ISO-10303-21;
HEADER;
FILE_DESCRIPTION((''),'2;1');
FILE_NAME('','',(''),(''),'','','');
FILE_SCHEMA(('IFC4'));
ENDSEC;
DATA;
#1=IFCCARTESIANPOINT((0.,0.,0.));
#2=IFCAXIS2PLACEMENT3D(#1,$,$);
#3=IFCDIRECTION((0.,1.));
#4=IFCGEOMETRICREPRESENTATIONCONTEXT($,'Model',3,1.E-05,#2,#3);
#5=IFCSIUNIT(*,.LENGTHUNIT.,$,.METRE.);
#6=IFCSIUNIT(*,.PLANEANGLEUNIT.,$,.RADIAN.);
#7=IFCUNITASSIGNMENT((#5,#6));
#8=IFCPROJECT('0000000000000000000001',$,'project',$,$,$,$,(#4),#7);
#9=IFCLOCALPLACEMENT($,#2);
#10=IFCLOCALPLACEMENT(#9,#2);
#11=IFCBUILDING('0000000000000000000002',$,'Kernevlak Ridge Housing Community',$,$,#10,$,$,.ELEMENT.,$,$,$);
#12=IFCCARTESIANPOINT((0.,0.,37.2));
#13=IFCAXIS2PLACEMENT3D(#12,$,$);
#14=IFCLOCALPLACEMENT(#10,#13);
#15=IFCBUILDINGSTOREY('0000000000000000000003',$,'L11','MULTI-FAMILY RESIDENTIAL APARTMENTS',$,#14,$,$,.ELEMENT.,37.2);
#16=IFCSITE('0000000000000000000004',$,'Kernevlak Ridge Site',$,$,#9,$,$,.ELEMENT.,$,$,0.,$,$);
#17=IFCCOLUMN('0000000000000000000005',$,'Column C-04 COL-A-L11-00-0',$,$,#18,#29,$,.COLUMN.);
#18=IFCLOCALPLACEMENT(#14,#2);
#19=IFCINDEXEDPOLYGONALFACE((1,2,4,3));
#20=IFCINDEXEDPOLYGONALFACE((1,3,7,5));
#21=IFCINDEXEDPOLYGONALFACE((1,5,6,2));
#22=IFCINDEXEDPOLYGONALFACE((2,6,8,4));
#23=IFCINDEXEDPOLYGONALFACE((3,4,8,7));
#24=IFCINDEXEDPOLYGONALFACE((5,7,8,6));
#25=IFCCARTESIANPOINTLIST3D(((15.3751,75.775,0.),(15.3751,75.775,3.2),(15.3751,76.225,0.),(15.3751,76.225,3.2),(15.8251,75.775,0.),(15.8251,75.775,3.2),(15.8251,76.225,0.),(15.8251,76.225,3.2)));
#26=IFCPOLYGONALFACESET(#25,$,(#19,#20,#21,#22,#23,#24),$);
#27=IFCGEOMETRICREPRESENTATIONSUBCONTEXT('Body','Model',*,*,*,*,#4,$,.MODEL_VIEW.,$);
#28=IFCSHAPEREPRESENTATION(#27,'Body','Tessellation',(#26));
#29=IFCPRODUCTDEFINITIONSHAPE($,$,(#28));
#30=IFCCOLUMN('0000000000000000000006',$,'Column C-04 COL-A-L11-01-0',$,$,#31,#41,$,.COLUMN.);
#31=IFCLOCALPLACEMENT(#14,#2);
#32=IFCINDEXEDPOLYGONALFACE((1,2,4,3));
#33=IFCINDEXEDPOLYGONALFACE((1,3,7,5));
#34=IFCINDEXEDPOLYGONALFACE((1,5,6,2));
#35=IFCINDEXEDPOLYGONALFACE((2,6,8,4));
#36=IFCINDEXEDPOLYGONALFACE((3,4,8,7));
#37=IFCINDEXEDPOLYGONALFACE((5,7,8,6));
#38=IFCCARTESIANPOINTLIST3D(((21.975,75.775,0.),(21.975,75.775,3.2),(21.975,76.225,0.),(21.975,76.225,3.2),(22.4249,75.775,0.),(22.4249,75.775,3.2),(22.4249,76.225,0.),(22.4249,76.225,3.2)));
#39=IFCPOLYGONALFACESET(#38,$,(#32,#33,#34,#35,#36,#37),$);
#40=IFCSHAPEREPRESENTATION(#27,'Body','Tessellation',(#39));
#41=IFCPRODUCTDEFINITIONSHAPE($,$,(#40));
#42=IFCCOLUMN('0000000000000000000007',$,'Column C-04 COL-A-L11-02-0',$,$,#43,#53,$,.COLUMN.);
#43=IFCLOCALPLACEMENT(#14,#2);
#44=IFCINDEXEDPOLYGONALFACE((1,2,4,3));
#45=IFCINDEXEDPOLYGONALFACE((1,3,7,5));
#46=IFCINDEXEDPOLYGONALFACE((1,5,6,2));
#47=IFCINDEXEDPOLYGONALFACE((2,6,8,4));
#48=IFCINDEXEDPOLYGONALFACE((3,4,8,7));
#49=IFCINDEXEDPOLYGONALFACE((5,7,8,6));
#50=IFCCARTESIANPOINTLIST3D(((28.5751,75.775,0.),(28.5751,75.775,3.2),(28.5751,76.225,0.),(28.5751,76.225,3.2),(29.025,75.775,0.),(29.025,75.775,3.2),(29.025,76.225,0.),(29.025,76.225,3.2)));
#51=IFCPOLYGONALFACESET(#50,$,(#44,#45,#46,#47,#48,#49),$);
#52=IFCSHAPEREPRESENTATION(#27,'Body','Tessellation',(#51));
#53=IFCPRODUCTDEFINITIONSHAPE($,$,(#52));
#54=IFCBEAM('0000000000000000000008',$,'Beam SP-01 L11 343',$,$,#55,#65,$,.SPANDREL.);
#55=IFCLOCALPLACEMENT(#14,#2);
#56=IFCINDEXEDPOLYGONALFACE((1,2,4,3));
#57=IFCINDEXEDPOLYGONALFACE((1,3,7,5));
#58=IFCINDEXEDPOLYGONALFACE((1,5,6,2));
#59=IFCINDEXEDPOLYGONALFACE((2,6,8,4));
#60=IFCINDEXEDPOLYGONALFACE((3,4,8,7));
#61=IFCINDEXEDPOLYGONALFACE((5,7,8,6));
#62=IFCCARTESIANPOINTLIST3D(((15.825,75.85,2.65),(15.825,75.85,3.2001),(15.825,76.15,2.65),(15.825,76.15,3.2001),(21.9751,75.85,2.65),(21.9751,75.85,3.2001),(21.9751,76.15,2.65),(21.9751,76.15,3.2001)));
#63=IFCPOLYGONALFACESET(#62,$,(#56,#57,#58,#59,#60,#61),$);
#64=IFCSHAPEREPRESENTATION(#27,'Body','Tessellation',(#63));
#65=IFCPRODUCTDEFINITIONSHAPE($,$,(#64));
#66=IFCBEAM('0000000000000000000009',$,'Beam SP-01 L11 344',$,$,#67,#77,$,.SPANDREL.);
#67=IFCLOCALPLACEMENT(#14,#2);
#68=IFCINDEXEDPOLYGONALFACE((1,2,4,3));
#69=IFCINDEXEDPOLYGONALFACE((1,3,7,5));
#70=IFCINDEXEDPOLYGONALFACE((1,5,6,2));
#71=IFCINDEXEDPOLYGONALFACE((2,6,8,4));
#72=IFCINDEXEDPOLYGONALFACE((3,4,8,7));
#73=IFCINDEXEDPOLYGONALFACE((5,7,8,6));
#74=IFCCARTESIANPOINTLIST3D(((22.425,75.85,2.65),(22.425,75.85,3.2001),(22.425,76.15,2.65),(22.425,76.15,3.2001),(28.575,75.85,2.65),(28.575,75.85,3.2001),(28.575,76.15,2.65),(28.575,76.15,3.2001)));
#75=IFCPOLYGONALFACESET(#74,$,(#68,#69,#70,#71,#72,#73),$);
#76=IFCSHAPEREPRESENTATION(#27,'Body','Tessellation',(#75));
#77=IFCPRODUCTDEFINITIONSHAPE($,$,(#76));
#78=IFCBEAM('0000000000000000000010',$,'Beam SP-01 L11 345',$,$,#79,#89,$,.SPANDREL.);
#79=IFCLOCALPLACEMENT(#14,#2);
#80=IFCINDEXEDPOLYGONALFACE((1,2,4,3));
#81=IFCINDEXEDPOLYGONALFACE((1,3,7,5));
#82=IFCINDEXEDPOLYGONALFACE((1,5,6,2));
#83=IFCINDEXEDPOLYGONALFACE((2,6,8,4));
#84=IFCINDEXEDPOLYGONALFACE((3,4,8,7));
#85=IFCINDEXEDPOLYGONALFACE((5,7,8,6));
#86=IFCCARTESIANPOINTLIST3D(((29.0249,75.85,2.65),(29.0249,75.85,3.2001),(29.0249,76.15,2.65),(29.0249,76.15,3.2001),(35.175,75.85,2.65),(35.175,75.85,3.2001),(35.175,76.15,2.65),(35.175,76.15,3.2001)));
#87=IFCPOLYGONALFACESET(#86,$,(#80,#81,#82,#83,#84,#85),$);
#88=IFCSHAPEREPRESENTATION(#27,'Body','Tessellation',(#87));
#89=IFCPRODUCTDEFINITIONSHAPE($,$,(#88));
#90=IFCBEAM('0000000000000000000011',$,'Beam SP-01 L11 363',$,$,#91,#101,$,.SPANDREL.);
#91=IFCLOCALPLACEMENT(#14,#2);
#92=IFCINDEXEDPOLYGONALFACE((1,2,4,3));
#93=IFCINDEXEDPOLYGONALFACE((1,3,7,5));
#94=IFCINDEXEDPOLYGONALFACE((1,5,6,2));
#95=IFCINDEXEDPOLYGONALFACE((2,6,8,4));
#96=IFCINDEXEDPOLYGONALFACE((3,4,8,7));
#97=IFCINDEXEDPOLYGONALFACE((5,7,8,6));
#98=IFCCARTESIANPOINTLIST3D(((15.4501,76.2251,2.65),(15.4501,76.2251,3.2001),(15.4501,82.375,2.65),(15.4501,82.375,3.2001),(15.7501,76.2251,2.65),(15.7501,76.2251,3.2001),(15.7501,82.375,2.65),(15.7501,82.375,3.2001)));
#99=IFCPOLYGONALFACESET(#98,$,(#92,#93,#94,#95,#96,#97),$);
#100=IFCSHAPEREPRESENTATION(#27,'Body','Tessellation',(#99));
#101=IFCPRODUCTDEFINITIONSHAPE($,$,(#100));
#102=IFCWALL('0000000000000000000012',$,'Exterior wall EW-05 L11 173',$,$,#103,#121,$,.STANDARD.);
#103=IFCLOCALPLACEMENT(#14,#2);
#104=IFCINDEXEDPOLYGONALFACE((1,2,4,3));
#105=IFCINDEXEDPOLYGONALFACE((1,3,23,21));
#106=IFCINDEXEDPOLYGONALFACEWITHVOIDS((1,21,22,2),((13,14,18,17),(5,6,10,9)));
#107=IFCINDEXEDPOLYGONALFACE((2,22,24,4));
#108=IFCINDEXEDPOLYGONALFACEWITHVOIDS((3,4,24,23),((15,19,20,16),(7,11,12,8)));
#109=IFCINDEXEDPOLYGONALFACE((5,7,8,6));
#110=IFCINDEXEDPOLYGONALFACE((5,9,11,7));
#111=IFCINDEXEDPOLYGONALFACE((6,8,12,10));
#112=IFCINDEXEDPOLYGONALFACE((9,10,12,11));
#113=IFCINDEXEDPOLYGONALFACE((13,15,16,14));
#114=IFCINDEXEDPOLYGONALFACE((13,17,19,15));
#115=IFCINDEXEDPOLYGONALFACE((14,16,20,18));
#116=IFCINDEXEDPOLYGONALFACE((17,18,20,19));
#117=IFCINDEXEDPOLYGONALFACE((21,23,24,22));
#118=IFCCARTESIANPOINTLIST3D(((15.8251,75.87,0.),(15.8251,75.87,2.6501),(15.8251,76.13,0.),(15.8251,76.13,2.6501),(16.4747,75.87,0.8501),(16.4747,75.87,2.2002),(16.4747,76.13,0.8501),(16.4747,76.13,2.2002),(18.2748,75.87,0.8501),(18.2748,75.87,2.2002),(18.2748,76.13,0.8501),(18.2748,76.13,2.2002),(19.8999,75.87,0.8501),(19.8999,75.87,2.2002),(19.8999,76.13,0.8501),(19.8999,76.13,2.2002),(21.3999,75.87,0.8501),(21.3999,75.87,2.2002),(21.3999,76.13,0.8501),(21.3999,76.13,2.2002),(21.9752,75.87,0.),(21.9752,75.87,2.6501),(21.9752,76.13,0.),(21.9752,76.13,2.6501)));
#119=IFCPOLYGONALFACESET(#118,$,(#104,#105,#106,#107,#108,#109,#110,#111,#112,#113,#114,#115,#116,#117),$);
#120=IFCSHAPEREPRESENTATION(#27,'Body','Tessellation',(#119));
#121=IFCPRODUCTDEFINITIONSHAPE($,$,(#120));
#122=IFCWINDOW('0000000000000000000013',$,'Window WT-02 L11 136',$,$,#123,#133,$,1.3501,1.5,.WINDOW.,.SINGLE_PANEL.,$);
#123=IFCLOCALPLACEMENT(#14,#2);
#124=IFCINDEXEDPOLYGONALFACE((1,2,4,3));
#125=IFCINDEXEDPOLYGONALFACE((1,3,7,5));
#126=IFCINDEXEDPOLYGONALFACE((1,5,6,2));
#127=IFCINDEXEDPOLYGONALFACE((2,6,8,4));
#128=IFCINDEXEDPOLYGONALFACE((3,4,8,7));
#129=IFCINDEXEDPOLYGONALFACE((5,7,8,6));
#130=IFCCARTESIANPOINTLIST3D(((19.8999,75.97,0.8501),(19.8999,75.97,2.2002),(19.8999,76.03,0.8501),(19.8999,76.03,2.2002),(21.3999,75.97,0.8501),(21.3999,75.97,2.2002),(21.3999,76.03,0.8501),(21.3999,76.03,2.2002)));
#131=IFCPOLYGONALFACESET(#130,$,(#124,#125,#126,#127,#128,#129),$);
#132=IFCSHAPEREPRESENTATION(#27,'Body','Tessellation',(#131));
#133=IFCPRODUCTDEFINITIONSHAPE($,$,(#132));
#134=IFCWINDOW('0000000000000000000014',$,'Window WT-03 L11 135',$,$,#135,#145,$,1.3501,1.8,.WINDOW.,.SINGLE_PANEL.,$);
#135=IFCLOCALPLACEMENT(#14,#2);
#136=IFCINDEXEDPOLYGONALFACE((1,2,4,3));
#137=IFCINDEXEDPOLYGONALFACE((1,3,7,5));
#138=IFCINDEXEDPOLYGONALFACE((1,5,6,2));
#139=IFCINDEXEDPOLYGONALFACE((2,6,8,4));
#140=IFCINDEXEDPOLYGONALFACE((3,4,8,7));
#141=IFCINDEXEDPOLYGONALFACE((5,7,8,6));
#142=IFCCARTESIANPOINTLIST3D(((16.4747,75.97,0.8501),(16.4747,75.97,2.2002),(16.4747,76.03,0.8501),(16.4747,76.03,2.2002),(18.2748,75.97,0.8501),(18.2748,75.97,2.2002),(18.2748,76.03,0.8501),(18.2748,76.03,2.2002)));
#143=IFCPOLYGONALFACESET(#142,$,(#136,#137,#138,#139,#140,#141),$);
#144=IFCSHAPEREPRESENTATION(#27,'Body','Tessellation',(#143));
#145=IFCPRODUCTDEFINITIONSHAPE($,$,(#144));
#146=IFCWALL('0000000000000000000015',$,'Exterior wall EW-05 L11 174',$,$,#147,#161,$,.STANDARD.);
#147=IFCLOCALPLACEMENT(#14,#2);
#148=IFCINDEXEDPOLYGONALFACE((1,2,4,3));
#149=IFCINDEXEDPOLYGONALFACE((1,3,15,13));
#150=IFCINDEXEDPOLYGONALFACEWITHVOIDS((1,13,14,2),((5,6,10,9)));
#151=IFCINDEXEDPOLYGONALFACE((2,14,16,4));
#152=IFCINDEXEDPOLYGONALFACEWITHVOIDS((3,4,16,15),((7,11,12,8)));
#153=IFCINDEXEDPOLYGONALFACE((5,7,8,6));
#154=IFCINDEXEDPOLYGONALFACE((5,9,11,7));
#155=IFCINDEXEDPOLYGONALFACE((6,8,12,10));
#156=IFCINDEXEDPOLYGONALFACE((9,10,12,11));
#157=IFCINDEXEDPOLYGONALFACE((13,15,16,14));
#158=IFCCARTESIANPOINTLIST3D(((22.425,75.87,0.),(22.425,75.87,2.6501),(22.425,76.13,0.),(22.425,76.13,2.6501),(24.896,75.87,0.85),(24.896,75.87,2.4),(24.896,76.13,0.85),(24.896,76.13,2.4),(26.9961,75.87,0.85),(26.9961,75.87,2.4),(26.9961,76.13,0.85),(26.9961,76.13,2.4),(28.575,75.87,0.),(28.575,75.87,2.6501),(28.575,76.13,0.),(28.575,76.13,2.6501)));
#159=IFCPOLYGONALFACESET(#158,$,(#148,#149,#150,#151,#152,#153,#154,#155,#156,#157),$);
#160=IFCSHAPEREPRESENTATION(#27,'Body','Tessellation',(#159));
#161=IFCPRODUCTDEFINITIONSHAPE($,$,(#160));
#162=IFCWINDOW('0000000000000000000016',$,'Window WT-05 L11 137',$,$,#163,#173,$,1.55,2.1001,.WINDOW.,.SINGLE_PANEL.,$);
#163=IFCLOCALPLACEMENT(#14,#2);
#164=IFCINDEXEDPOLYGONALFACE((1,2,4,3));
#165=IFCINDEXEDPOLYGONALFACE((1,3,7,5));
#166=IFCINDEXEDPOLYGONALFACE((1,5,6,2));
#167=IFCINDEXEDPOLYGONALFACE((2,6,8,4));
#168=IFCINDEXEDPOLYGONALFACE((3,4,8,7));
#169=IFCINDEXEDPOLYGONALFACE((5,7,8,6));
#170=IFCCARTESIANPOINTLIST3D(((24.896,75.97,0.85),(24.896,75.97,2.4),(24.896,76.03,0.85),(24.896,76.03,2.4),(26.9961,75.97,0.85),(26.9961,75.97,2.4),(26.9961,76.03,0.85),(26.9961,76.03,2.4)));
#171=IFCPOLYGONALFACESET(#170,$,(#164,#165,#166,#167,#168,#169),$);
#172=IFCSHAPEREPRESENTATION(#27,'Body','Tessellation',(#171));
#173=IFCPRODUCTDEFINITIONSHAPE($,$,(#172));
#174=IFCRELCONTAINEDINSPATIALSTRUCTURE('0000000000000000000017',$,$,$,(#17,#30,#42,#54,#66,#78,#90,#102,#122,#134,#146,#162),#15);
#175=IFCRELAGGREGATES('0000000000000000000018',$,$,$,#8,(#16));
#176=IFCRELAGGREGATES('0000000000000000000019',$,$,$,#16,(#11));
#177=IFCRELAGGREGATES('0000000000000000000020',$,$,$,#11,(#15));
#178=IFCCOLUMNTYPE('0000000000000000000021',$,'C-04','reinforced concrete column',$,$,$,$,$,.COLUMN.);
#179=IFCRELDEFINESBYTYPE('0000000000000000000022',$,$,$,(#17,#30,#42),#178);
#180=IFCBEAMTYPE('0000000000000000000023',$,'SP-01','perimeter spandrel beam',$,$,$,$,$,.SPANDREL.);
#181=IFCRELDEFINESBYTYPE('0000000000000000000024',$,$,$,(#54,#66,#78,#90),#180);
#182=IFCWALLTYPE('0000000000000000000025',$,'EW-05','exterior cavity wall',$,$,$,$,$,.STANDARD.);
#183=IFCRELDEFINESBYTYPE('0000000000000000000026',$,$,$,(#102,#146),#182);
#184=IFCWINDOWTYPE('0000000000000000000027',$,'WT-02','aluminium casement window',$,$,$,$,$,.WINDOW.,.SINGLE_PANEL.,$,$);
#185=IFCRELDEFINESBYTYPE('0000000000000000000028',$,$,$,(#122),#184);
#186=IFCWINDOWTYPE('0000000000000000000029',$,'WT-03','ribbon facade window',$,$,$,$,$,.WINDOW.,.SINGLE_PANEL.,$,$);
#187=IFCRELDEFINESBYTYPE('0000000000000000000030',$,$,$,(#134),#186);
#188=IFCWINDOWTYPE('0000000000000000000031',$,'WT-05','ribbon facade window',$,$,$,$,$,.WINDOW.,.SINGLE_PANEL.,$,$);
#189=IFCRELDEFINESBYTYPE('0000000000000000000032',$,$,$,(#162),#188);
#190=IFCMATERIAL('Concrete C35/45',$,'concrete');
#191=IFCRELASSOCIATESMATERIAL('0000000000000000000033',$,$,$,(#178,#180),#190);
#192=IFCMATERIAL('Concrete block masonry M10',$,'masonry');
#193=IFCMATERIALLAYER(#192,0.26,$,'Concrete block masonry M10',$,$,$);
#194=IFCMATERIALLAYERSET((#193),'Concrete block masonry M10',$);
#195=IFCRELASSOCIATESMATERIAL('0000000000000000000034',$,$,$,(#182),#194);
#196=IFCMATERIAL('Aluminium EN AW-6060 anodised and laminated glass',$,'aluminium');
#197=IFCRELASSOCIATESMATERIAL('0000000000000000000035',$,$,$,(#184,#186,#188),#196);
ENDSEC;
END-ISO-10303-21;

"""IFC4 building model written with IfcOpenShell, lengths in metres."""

from ifc_helpers import new_model, si_unit, direction, frame, frame_2d, origin, origin_2d, place, context, subcontext, project, spatial, rectangle, extrude, material, layer, layer_set, material_profile, profile_set, type_object, element, fill, save


model = new_model("IFC4")

# Units and contexts
model_context = context("Model", 3, precision=1e-05, world=origin(), true_north=direction((0.0, 1.0)))
body_context = subcontext(model_context, "Body", "Model", "MODEL_VIEW")
ifc_project = project(units=[si_unit("LENGTHUNIT", "METRE"), si_unit("PLANEANGLEUNIT", "RADIAN")], contexts=[model_context])

# Site, building, storey
site_placement = place(None, origin())
site = spatial("IfcSite", under=ifc_project, at=site_placement, Name="Kernevlak Ridge Site", CompositionType="ELEMENT", RefElevation=0.0)
building_placement = place(site_placement, origin())
building = spatial("IfcBuilding", under=site, at=building_placement, Name="Kernevlak Ridge Housing Community", CompositionType="ELEMENT")
storey_placement = place(building_placement, frame((0.0, 0.0, 37.2)))
storey = spatial("IfcBuildingStorey", under=building, at=storey_placement, Name="L11", Description="MULTI-FAMILY RESIDENTIAL APARTMENTS", CompositionType="ELEMENT", Elevation=37.2)

# Columns
ifc_material_1 = material(Name="Concrete C35/45", Category="concrete")
ifc_material_profile_1 = material_profile(ifc_material_1, rectangle(XDim=0.45, YDim=0.45, at=origin_2d()), Name="RC 450x450")
ifc_profile_set_1 = profile_set([ifc_material_profile_1], Name="Concrete C35/45")
column_type = type_object("IfcColumnType", Name="C-04", Description="reinforced concrete column", PredefinedType="COLUMN", material=ifc_profile_set_1)
for number, where, z_axis, x_axis, name in (
    (1, (15.6001, 76.0, 0.0), (0.0, 0.0, 1.0), (1.0, 0.0, 0.0), "Column C-04 COL-A-L11-00-0"),
    (2, (22.2, 76.0, 0.0), (0.0, 0.0, 1.0), (1.0, 0.0, 0.0), "Column C-04 COL-A-L11-01-0"),
    (3, (28.8, 76.0, 0.0), (0.0, 0.0, 1.0), (1.0, 0.0, 0.0), "Column C-04 COL-A-L11-02-0"),
):
    element("IfcColumn", number, at=place(storey_placement, frame(where, z_axis=z_axis, x_axis=x_axis)), inside=storey, type_object=column_type, Name=name, PredefinedType="COLUMN", context=body_context, shape_type="SweptSolid", body=[
        extrude(rectangle(XDim=0.45, YDim=0.45, at=origin_2d()), origin(), (0.0, 0.0, 1.0), 3.2),
    ])

# Beams
ifc_material_profile_2 = material_profile(ifc_material_1, rectangle(XDim=0.3, YDim=0.55, at=origin_2d()), Name="RC 300x550")
ifc_profile_set_2 = profile_set([ifc_material_profile_2], Name="Concrete C35/45")
beam_type = type_object("IfcBeamType", Name="SP-01", Description="perimeter spandrel beam", PredefinedType="SPANDREL", material=ifc_profile_set_2)
beam_1_placement = place(storey_placement, frame((15.825, 76.0, 2.925), z_axis=(1.0, 0.0, 0.0), x_axis=(0.0, 1.0, 0.0)))
element("IfcBeam", 4, at=beam_1_placement, inside=storey, type_object=beam_type, Name="Beam SP-01 L11 343", PredefinedType="SPANDREL", context=body_context, shape_type="SweptSolid", body=[
    extrude(rectangle(XDim=0.3, YDim=0.55, at=origin_2d()), origin(), (0.0, 0.0, 1.0), 6.1501),
])
beam_2_placement = place(storey_placement, frame((22.425, 76.0, 2.925), z_axis=(1.0, 0.0, 0.0), x_axis=(0.0, 1.0, 0.0)))
element("IfcBeam", 5, at=beam_2_placement, inside=storey, type_object=beam_type, Name="Beam SP-01 L11 344", PredefinedType="SPANDREL", context=body_context, shape_type="SweptSolid", body=[
    extrude(rectangle(XDim=0.3, YDim=0.55, at=origin_2d()), origin(), (0.0, 0.0, 1.0), 6.1499),
])
beam_3_placement = place(storey_placement, frame((29.0249, 76.0, 2.925), z_axis=(1.0, 0.0, 0.0), x_axis=(0.0, 1.0, 0.0)))
element("IfcBeam", 6, at=beam_3_placement, inside=storey, type_object=beam_type, Name="Beam SP-01 L11 345", PredefinedType="SPANDREL", context=body_context, shape_type="SweptSolid", body=[
    extrude(rectangle(XDim=0.3, YDim=0.55, at=origin_2d()), origin(), (0.0, 0.0, 1.0), 6.1501),
])
beam_4_placement = place(storey_placement, frame((15.6001, 76.2251, 2.925), z_axis=(0.0, 1.0, 0.0), x_axis=(-1.0, 0.0, 0.0)))
element("IfcBeam", 7, at=beam_4_placement, inside=storey, type_object=beam_type, Name="Beam SP-01 L11 363", PredefinedType="SPANDREL", context=body_context, shape_type="SweptSolid", body=[
    extrude(rectangle(XDim=0.3, YDim=0.55, at=origin_2d()), origin(), (0.0, 0.0, 1.0), 6.1499),
])

# Wall, openings, windows
ifc_material_2 = material(Name="Concrete block masonry M10", Category="masonry")
ifc_layer_1 = layer(ifc_material_2, 0.26, Name="Concrete block masonry M10")
ifc_layer_set_1 = layer_set([ifc_layer_1], Name="Concrete block masonry M10")
wall_type_1 = type_object("IfcWallType", Name="EW-05", Description="exterior cavity wall", PredefinedType="STANDARD", material=ifc_layer_set_1)
wall_1_placement = place(storey_placement, frame((15.825, 76.0, 0.0), z_axis=(0.0, 0.0, 1.0), x_axis=(1.0, 0.0, 0.0)))
wall_1 = element("IfcWall", 8, at=wall_1_placement, inside=storey, type_object=wall_type_1, Name="Exterior wall EW-05 L11 173", PredefinedType="STANDARD", context=body_context, shape_type="SweptSolid", body=[
    extrude(rectangle(XDim=6.1501, YDim=0.26, at=frame_2d((3.0752, 0.0))), origin(), (0.0, 0.0, 1.0), 2.6501),
])
opening_1_placement = place(wall_1_placement, frame((0.6499, 0.0, 0.8501)))
opening_1 = element("IfcOpeningElement", 9, at=opening_1_placement, cuts=wall_1, PredefinedType="OPENING", context=body_context, shape_type="SweptSolid", body=[
    extrude(rectangle(XDim=1.8, YDim=1.3501, at=frame_2d((0.8999, 0.675))), frame((0.0, 0.1399, 0.0), z_axis=(0.0, -1.0, 0.0), x_axis=(1.0, 0.0, 0.0)), (0.0, 0.0, 1.0), 0.28),
])
opening_2_placement = place(wall_1_placement, frame((4.075, 0.0, 0.8501)))
opening_2 = element("IfcOpeningElement", 10, at=opening_2_placement, cuts=wall_1, PredefinedType="OPENING", context=body_context, shape_type="SweptSolid", body=[
    extrude(rectangle(XDim=1.5, YDim=1.3501, at=frame_2d((0.75, 0.675))), frame((0.0, 0.1399, 0.0), z_axis=(0.0, -1.0, 0.0), x_axis=(1.0, 0.0, 0.0)), (0.0, 0.0, 1.0), 0.28),
])
ifc_material_3 = material(Name="Aluminium EN AW-6060 anodised and laminated glass", Category="aluminium")
window_type_1 = type_object("IfcWindowType", Name="WT-02", Description="aluminium casement window", PartitioningType="SINGLE_PANEL", PredefinedType="WINDOW", material=ifc_material_3)
window_1_placement = place(opening_2_placement, origin())
window_1 = element("IfcWindow", 11, at=window_1_placement, inside=storey, type_object=window_type_1, Name="Window WT-02 L11 136", OverallHeight=1.3501, OverallWidth=1.5, PartitioningType="SINGLE_PANEL", PredefinedType="WINDOW", context=body_context, shape_type="SweptSolid", body=[
    extrude(rectangle(XDim=1.5, YDim=1.3501, at=frame_2d((0.75, 0.675))), frame((0.0, 0.03, 0.0), z_axis=(0.0, -1.0, 0.0), x_axis=(1.0, 0.0, 0.0)), (0.0, 0.0, 1.0), 0.0601),
])
fill(opening_2, window_1)
window_type_2 = type_object("IfcWindowType", Name="WT-03", Description="ribbon facade window", PartitioningType="SINGLE_PANEL", PredefinedType="WINDOW", material=ifc_material_3)
window_2_placement = place(opening_1_placement, origin())
window_2 = element("IfcWindow", 12, at=window_2_placement, inside=storey, type_object=window_type_2, Name="Window WT-03 L11 135", OverallHeight=1.3501, OverallWidth=1.8, PartitioningType="SINGLE_PANEL", PredefinedType="WINDOW", context=body_context, shape_type="SweptSolid", body=[
    extrude(rectangle(XDim=1.8, YDim=1.3501, at=frame_2d((0.8999, 0.675))), frame((0.0, 0.03, 0.0), z_axis=(0.0, -1.0, 0.0), x_axis=(1.0, 0.0, 0.0)), (0.0, 0.0, 1.0), 0.0601),
])
fill(opening_1, window_2)

# Wall, opening, window
wall_2_placement = place(storey_placement, frame((22.425, 76.0, 0.0), z_axis=(0.0, 0.0, 1.0), x_axis=(1.0, 0.0, 0.0)))
wall_2 = element("IfcWall", 13, at=wall_2_placement, inside=storey, type_object=wall_type_1, Name="Exterior wall EW-05 L11 174", PredefinedType="STANDARD", context=body_context, shape_type="SweptSolid", body=[
    extrude(rectangle(XDim=6.1499, YDim=0.26, at=frame_2d((3.075, 0.0))), origin(), (0.0, 0.0, 1.0), 2.6501),
])
opening_3_placement = place(wall_2_placement, frame((2.4709, 0.0, 0.8501)))
opening_3 = element("IfcOpeningElement", 14, at=opening_3_placement, cuts=wall_2, PredefinedType="OPENING", context=body_context, shape_type="SweptSolid", body=[
    extrude(rectangle(XDim=2.1001, YDim=1.55, at=frame_2d((1.05, 0.7749))), frame((0.0, 0.1399, 0.0), z_axis=(0.0, -1.0, 0.0), x_axis=(1.0, 0.0, 0.0)), (0.0, 0.0, 1.0), 0.28),
])
window_type_3 = type_object("IfcWindowType", Name="WT-05", Description="ribbon facade window", PartitioningType="SINGLE_PANEL", PredefinedType="WINDOW", material=ifc_material_3)
window_3_placement = place(opening_3_placement, origin())
window_3 = element("IfcWindow", 15, at=window_3_placement, inside=storey, type_object=window_type_3, Name="Window WT-05 L11 137", OverallHeight=1.55, OverallWidth=2.1001, PartitioningType="SINGLE_PANEL", PredefinedType="WINDOW", context=body_context, shape_type="SweptSolid", body=[
    extrude(rectangle(XDim=2.1001, YDim=1.55, at=frame_2d((1.05, 0.7749))), frame((0.0, 0.03, 0.0), z_axis=(0.0, -1.0, 0.0), x_axis=(1.0, 0.0, 0.0)), (0.0, 0.0, 1.0), 0.0601),
])
fill(opening_3, window_3)

save(model, "model.ifc")
